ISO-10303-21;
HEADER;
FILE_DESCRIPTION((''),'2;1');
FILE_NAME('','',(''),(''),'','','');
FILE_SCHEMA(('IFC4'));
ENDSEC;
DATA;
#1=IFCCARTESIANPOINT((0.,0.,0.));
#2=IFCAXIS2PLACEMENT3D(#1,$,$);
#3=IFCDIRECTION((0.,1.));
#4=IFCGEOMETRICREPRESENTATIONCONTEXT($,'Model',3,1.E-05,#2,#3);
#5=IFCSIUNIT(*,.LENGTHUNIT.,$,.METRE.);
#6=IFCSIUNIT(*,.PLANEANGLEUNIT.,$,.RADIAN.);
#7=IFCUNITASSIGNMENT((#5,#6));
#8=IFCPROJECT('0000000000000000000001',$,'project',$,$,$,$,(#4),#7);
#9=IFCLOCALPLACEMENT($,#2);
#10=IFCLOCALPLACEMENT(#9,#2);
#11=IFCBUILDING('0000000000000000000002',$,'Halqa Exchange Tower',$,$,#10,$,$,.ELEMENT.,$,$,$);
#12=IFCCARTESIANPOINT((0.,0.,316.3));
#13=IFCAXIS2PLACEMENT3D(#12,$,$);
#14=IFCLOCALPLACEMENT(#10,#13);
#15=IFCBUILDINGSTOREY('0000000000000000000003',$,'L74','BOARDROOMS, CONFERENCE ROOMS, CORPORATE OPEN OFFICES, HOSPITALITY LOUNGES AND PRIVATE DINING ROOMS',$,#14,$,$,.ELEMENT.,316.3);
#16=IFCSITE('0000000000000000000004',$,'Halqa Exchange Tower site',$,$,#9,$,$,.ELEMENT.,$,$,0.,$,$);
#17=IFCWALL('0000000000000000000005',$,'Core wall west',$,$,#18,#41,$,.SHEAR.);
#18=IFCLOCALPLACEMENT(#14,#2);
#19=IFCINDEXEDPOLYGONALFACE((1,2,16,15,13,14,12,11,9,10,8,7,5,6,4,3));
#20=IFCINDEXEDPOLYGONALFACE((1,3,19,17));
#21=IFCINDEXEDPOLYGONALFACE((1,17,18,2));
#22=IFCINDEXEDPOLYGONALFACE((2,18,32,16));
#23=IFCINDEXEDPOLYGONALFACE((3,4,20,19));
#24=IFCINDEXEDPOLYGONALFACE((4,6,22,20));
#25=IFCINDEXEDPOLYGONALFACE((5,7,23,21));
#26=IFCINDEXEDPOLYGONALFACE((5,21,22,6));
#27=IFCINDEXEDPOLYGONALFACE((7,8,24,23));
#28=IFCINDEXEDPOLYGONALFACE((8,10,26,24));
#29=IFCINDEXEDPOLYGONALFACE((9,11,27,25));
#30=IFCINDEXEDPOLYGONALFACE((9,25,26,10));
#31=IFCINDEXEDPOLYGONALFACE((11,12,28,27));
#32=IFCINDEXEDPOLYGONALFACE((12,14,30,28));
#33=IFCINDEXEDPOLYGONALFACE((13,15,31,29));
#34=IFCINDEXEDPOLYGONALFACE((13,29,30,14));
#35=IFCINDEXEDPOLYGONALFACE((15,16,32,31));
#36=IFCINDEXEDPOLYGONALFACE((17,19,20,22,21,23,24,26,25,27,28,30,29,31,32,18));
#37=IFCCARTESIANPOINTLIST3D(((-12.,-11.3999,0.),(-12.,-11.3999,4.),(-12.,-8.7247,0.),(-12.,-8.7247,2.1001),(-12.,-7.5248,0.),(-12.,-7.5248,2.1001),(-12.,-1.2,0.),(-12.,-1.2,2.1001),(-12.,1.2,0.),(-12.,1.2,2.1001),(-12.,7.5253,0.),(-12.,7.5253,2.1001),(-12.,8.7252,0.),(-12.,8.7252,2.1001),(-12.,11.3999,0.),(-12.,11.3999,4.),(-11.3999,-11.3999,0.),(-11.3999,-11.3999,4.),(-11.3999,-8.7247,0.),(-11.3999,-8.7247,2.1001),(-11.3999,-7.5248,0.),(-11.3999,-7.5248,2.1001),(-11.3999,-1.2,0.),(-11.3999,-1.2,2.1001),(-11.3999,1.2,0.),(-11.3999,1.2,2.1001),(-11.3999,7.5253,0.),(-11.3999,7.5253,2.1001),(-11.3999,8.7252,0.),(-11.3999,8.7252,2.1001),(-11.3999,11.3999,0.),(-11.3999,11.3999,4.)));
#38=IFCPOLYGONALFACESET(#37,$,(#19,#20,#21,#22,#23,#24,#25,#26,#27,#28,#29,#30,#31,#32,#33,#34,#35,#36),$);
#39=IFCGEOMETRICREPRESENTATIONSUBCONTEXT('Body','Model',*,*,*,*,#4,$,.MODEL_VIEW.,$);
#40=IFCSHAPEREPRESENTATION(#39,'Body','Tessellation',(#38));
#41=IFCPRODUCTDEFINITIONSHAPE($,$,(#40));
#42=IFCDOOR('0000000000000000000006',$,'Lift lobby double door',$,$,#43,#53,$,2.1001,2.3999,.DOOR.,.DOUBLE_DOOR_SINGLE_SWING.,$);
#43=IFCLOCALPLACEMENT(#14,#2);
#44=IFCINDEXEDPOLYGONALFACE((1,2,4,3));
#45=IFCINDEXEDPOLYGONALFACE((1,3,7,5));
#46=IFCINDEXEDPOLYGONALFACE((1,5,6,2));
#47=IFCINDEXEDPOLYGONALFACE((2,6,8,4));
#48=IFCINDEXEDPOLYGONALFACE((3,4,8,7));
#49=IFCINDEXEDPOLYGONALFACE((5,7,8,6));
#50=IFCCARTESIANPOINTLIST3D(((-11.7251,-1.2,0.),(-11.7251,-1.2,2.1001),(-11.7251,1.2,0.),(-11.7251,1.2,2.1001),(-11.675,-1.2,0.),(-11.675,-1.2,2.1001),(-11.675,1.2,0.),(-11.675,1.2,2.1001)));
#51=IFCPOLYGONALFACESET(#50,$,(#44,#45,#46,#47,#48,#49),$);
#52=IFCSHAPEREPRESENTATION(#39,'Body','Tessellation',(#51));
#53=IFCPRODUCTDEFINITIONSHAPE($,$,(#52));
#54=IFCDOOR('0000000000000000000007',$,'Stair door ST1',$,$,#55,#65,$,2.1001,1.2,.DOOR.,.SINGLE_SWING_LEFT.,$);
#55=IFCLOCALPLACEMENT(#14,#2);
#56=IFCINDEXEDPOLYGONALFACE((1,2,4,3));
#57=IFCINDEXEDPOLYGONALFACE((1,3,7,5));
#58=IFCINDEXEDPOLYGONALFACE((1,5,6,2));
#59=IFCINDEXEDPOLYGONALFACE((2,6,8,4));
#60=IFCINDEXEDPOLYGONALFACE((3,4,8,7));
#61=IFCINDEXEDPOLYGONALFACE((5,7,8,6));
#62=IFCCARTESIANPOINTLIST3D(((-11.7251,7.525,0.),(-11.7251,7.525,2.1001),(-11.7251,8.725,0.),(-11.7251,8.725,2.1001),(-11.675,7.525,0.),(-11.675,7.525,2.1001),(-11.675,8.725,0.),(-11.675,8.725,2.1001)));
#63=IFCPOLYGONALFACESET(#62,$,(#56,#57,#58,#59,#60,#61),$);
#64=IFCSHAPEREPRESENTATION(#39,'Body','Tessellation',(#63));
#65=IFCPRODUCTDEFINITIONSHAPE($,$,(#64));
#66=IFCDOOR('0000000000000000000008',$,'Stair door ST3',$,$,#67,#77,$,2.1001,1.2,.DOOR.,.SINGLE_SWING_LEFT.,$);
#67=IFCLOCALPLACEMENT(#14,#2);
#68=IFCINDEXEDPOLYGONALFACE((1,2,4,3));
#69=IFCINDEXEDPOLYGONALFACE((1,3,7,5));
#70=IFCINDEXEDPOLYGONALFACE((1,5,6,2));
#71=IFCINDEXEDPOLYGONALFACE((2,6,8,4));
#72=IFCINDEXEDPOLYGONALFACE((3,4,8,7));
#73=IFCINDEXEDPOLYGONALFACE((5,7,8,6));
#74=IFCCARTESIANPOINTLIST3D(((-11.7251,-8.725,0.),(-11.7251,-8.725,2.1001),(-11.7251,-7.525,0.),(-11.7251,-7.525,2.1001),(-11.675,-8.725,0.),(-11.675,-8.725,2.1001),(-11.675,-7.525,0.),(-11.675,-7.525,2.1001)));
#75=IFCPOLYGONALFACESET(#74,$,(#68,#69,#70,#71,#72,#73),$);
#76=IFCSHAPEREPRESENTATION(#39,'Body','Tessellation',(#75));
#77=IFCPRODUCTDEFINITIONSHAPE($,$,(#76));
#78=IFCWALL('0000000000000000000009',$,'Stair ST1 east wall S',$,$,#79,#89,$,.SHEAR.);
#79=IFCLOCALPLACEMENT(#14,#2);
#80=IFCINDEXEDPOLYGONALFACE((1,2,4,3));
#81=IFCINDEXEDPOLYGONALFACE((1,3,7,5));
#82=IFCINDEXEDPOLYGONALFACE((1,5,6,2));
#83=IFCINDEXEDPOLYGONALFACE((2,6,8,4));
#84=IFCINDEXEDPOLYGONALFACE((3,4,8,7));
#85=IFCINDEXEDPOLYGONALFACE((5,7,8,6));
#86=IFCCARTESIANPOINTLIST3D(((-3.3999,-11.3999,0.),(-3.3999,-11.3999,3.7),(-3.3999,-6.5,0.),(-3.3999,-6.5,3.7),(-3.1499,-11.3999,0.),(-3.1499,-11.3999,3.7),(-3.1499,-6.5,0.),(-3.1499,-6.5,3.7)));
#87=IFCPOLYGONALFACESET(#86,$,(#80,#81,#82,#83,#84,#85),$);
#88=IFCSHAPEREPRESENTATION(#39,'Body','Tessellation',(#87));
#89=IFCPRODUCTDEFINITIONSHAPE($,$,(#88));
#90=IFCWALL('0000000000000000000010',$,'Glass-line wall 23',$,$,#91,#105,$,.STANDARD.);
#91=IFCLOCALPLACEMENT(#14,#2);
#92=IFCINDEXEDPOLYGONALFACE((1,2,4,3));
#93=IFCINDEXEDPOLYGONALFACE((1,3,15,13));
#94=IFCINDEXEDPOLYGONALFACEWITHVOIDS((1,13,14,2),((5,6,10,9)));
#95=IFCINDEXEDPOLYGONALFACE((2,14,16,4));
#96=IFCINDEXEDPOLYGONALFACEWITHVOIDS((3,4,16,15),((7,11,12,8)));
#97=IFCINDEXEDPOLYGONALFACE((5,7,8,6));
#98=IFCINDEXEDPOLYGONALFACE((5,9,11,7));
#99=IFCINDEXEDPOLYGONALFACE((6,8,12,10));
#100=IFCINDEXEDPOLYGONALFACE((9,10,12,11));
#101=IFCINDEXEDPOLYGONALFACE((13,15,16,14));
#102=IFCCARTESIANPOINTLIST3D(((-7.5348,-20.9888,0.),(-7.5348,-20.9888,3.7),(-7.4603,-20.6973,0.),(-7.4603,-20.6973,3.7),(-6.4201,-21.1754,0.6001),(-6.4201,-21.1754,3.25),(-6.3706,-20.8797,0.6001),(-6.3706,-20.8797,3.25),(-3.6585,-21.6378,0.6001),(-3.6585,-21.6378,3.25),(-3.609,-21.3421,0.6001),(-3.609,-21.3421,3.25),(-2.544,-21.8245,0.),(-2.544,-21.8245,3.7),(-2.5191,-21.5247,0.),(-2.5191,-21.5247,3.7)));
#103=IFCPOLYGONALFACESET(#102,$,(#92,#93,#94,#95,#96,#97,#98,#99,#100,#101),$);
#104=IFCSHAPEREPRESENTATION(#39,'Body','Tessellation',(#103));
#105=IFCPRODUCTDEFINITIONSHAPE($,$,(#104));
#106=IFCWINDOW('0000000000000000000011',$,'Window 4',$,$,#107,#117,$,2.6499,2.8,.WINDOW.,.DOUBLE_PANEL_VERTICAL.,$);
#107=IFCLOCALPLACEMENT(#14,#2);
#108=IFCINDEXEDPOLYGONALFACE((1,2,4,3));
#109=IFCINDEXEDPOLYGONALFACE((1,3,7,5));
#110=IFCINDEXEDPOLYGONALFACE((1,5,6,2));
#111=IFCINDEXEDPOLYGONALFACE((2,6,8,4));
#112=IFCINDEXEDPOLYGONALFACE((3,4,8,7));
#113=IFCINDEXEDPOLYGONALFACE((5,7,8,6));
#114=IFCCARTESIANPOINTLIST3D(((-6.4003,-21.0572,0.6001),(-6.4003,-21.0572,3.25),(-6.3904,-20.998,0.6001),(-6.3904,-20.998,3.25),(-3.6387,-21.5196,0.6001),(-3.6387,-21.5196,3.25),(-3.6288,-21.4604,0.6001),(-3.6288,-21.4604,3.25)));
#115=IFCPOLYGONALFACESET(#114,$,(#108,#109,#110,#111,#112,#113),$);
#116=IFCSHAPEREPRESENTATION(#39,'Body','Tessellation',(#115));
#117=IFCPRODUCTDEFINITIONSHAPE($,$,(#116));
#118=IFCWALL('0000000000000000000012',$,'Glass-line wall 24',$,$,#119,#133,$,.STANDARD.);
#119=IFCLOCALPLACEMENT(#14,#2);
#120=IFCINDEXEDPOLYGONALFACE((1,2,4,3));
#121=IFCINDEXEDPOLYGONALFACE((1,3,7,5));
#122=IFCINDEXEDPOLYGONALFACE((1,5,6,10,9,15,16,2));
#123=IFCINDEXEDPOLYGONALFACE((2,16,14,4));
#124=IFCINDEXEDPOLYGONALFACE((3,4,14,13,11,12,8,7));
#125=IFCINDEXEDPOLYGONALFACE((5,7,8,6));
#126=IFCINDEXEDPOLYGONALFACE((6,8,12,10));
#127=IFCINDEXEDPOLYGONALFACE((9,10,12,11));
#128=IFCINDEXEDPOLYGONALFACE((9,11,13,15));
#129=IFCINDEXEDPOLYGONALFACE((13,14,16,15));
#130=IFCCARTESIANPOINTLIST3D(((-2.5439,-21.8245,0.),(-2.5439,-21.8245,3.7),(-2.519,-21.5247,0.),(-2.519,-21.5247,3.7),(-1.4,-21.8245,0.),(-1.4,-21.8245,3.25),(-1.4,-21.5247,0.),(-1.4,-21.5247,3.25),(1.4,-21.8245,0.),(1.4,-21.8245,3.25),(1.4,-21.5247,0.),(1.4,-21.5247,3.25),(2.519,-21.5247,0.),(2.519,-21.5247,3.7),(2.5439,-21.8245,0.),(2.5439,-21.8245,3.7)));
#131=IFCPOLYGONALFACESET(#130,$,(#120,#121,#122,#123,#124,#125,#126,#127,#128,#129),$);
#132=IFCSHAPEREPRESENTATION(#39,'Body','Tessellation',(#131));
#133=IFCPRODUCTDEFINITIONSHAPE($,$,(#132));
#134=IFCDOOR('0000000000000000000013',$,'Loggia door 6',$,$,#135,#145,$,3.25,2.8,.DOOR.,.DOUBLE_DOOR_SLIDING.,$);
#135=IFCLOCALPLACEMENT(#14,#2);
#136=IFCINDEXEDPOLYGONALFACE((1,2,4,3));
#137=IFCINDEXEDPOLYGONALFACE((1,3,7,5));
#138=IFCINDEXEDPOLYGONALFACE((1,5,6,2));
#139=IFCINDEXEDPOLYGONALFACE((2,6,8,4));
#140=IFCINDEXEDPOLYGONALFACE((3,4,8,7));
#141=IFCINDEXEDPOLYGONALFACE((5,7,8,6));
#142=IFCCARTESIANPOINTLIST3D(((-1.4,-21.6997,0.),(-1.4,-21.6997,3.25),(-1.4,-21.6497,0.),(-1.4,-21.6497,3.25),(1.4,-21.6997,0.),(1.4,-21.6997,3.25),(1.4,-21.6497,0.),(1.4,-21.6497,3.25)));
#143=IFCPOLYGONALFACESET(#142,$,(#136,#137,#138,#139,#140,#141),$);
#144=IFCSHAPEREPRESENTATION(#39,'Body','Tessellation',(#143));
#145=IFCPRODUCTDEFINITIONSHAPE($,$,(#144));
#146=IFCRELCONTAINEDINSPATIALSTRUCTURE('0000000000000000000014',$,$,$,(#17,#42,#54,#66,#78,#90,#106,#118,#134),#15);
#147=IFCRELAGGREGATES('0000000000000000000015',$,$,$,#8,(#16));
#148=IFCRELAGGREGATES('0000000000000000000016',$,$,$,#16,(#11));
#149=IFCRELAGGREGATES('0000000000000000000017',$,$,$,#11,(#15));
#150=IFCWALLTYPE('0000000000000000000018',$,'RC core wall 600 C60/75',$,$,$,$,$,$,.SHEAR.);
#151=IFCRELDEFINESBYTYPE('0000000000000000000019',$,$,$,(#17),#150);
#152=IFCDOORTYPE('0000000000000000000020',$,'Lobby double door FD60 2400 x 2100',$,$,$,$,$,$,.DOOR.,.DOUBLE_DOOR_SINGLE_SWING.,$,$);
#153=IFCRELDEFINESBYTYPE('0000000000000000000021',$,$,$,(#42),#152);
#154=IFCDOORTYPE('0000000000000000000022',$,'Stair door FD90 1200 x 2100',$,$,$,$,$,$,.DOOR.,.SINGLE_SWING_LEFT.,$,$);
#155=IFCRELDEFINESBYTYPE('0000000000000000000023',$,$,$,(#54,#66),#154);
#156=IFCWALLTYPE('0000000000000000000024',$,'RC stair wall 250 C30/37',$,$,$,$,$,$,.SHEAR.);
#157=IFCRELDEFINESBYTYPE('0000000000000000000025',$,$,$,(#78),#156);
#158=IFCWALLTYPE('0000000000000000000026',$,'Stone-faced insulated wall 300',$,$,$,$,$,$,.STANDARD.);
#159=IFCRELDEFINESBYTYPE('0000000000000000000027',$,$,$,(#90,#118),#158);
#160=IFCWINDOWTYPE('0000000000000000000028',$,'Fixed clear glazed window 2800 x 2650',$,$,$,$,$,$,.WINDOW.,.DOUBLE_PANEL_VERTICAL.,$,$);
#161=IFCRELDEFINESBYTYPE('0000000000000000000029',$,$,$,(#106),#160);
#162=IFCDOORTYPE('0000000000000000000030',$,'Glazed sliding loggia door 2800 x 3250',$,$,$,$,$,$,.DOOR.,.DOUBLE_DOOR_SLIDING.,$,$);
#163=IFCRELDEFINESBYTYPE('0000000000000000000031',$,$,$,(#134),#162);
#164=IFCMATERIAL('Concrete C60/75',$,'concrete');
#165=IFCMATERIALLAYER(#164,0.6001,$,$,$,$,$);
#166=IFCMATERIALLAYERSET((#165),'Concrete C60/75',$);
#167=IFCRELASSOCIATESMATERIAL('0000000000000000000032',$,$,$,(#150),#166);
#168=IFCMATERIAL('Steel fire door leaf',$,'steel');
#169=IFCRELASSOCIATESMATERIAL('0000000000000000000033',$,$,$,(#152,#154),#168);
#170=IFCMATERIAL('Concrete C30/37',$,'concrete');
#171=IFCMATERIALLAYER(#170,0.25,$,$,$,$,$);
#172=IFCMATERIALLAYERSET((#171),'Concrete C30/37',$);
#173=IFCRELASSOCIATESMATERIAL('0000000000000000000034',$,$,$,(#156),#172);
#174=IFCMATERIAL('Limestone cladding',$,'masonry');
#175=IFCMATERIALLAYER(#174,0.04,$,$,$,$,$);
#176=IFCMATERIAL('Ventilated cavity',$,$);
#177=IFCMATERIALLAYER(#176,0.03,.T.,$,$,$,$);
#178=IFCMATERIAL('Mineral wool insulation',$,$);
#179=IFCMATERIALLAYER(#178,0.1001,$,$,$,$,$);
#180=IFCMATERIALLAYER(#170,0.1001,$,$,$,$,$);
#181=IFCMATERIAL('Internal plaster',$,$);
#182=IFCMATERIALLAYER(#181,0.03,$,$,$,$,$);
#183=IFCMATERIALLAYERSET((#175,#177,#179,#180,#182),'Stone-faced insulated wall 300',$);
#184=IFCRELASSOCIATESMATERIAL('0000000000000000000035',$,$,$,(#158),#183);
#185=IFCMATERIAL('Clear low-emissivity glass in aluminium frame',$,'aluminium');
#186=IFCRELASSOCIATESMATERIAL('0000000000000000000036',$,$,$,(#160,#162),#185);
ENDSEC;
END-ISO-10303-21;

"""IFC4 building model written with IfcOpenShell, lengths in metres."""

from ifc_helpers import new_model, si_unit, direction, frame, frame_2d, origin, place, context, subcontext, project, spatial, polyline, rectangle, outline, extrude, material, layer, layer_set, type_object, element, fill, save


model = new_model("IFC4")

# Units and contexts
model_context = context("Model", 3, precision=1e-05, world=origin(), true_north=direction((0.0, 1.0)))
body_context = subcontext(model_context, "Body", "Model", "MODEL_VIEW")
ifc_project = project(units=[si_unit("LENGTHUNIT", "METRE"), si_unit("PLANEANGLEUNIT", "RADIAN")], contexts=[model_context])

# Site, building, storey
site_placement = place(None, origin())
site = spatial("IfcSite", under=ifc_project, at=site_placement, Name="Halqa Exchange Tower site", CompositionType="ELEMENT", RefElevation=0.0)
building_placement = place(site_placement, origin())
building = spatial("IfcBuilding", under=site, at=building_placement, Name="Halqa Exchange Tower", CompositionType="ELEMENT")
storey_placement = place(building_placement, frame((0.0, 0.0, 316.3)))
storey = spatial("IfcBuildingStorey", under=building, at=storey_placement, Name="L74", Description="BOARDROOMS, CONFERENCE ROOMS, CORPORATE OPEN OFFICES, HOSPITALITY LOUNGES AND PRIVATE DINING ROOMS", CompositionType="ELEMENT", Elevation=316.3)

# Shared definitions
ifc_material_1 = material(Name="Concrete C60/75", Category="concrete")

# Wall, openings, doors
ifc_layer_1 = layer(ifc_material_1, 0.6001)
ifc_layer_set_1 = layer_set([ifc_layer_1], Name="Concrete C60/75")
wall_type_1 = type_object("IfcWallType", Name="RC core wall 600 C60/75", PredefinedType="SHEAR", material=ifc_layer_set_1)
wall_1_placement = place(storey_placement, frame((-11.7, -11.3999, 0.0), z_axis=(0.0, 0.0, 1.0), x_axis=(0.0, 1.0, 0.0)))
wall_1 = element("IfcWall", 1, at=wall_1_placement, inside=storey, type_object=wall_type_1, Name="Core wall west", PredefinedType="SHEAR", context=body_context, shape_type="SweptSolid", body=[
    extrude(rectangle(XDim=22.7998, YDim=0.6001, at=frame_2d((11.3999, 0.0))), origin(), (0.0, 0.0, 1.0), 4.0),
])
opening_1_placement = place(wall_1_placement, frame((10.2, 0.0, 0.0)))
opening_1 = element("IfcOpeningElement", 2, at=opening_1_placement, cuts=wall_1, PredefinedType="OPENING", context=body_context, shape_type="SweptSolid", body=[
    extrude(rectangle(XDim=2.3999, YDim=2.1001, at=frame_2d((1.2, 1.05))), frame((0.0, 0.312, 0.0), z_axis=(0.0, -1.0, 0.0), x_axis=(1.0, 0.0, 0.0)), (0.0, 0.0, 1.0), 0.624),
])
opening_2_placement = place(wall_1_placement, frame((18.925, 0.0, 0.0)))
opening_2 = element("IfcOpeningElement", 3, at=opening_2_placement, cuts=wall_1, PredefinedType="OPENING", context=body_context, shape_type="SweptSolid", body=[
    extrude(rectangle(XDim=1.2, YDim=2.1001, at=frame_2d((0.6001, 1.05))), frame((0.0, 0.312, 0.0), z_axis=(0.0, -1.0, 0.0), x_axis=(1.0, 0.0, 0.0)), (0.0, 0.0, 1.0), 0.624),
])
opening_3_placement = place(wall_1_placement, frame((2.675, 0.0, 0.0)))
opening_3 = element("IfcOpeningElement", 4, at=opening_3_placement, cuts=wall_1, PredefinedType="OPENING", context=body_context, shape_type="SweptSolid", body=[
    extrude(rectangle(XDim=1.2, YDim=2.1001, at=frame_2d((0.6001, 1.05))), frame((0.0, 0.312, 0.0), z_axis=(0.0, -1.0, 0.0), x_axis=(1.0, 0.0, 0.0)), (0.0, 0.0, 1.0), 0.624),
])
ifc_material_2 = material(Name="Steel fire door leaf", Category="steel")
door_type_1 = type_object("IfcDoorType", Name="Lobby double door FD60 2400 x 2100", OperationType="DOUBLE_DOOR_SINGLE_SWING", PredefinedType="DOOR", material=ifc_material_2)
door_1_placement = place(opening_1_placement, frame((2.3999, 0.0, 0.0), z_axis=(0.0, 0.0, 1.0), x_axis=(-1.0, 0.0, 0.0)))
door_1 = element("IfcDoor", 5, at=door_1_placement, inside=storey, type_object=door_type_1, Name="Lift lobby double door", OperationType="DOUBLE_DOOR_SINGLE_SWING", OverallHeight=2.1001, OverallWidth=2.3999, PredefinedType="DOOR", context=body_context, shape_type="SweptSolid", body=[
    extrude(rectangle(XDim=2.3999, YDim=2.1001, at=frame_2d((1.2, 1.05))), frame((0.0, 0.0249, 0.0), z_axis=(0.0, -1.0, 0.0), x_axis=(1.0, 0.0, 0.0)), (0.0, 0.0, 1.0), 0.05),
])
fill(opening_1, door_1)
door_type_2 = type_object("IfcDoorType", Name="Stair door FD90 1200 x 2100", OperationType="SINGLE_SWING_LEFT", PredefinedType="DOOR", material=ifc_material_2)
door_2_placement = place(opening_2_placement, frame((1.2, 0.0, 0.0), z_axis=(0.0, 0.0, 1.0), x_axis=(-1.0, 0.0, 0.0)))
door_2 = element("IfcDoor", 6, at=door_2_placement, inside=storey, type_object=door_type_2, Name="Stair door ST1", OperationType="SINGLE_SWING_LEFT", OverallHeight=2.1001, OverallWidth=1.2, PredefinedType="DOOR", context=body_context, shape_type="SweptSolid", body=[
    extrude(rectangle(XDim=1.2, YDim=2.1001, at=frame_2d((0.6001, 1.05))), frame((0.0, 0.0249, 0.0), z_axis=(0.0, -1.0, 0.0), x_axis=(1.0, 0.0, 0.0)), (0.0, 0.0, 1.0), 0.05),
])
fill(opening_2, door_2)
door_3_placement = place(opening_3_placement, frame((1.2, 0.0, 0.0), z_axis=(0.0, 0.0, 1.0), x_axis=(-1.0, 0.0, 0.0)))
door_3 = element("IfcDoor", 7, at=door_3_placement, inside=storey, type_object=door_type_2, Name="Stair door ST3", OperationType="SINGLE_SWING_LEFT", OverallHeight=2.1001, OverallWidth=1.2, PredefinedType="DOOR", context=body_context, shape_type="SweptSolid", body=[
    extrude(rectangle(XDim=1.2, YDim=2.1001, at=frame_2d((0.6001, 1.05))), frame((0.0, 0.0249, 0.0), z_axis=(0.0, -1.0, 0.0), x_axis=(1.0, 0.0, 0.0)), (0.0, 0.0, 1.0), 0.05),
])
fill(opening_3, door_3)

# Wall
ifc_material_3 = material(Name="Concrete C30/37", Category="concrete")
ifc_layer_2 = layer(ifc_material_3, 0.25)
ifc_layer_set_2 = layer_set([ifc_layer_2], Name="Concrete C30/37")
wall_type_2 = type_object("IfcWallType", Name="RC stair wall 250 C30/37", PredefinedType="SHEAR", material=ifc_layer_set_2)
wall_2_placement = place(storey_placement, frame((-3.2749, -11.3999, 0.0), z_axis=(0.0, 0.0, 1.0), x_axis=(0.0, 1.0, 0.0)))
element("IfcWall", 8, at=wall_2_placement, inside=storey, type_object=wall_type_2, Name="Stair ST1 east wall S", PredefinedType="SHEAR", context=body_context, shape_type="SweptSolid", body=[
    extrude(rectangle(XDim=4.8999, YDim=0.25, at=frame_2d((2.45, 0.0))), origin(), (0.0, 0.0, 1.0), 3.7),
])

# Wall, opening, window
ifc_material_4 = material(Name="Limestone cladding", Category="masonry")
ifc_layer_3 = layer(ifc_material_4, 0.04)
ifc_material_5 = material(Name="Ventilated cavity")
ifc_layer_4 = layer(ifc_material_5, 0.03, ventilated=True)
ifc_material_6 = material(Name="Mineral wool insulation")
ifc_layer_5 = layer(ifc_material_6, 0.1001)
ifc_layer_6 = layer(ifc_material_3, 0.1001)
ifc_material_7 = material(Name="Internal plaster")
ifc_layer_7 = layer(ifc_material_7, 0.03)
ifc_layer_set_3 = layer_set([ifc_layer_3, ifc_layer_4, ifc_layer_5, ifc_layer_6, ifc_layer_7], Name="Stone-faced insulated wall 300")
wall_type_3 = type_object("IfcWallType", Name="Stone-faced insulated wall 300", PredefinedType="STANDARD", material=ifc_layer_set_3)
wall_3_placement = place(storey_placement, frame((-7.4976, -20.843, 0.0), z_axis=(0.0, 0.0, 1.0), x_axis=(0.986269, -0.165146, 0.0)))
wall_3 = element("IfcWall", 9, at=wall_3_placement, inside=storey, type_object=wall_type_3, Name="Glass-line wall 23", PredefinedType="STANDARD", context=body_context, shape_type="SweptSolid", body=[
    extrude(outline(polyline([(-0.0127, -0.1499), (5.0476, -0.1499), (5.0227, 0.1499), (0.0127, 0.1499), (-0.0127, -0.1499)])), origin(), (0.0, 0.0, 1.0), 3.7),
])
opening_4_placement = place(wall_3_placement, frame((1.1177, 0.0, 0.6001)))
opening_4 = element("IfcOpeningElement", 10, at=opening_4_placement, cuts=wall_3, PredefinedType="OPENING", context=body_context, shape_type="SweptSolid", body=[
    extrude(rectangle(XDim=2.8, YDim=2.6499, at=frame_2d((1.3999, 1.325))), frame((0.0, 0.1621, 0.0), z_axis=(0.0, -1.0, 0.0), x_axis=(1.0, 0.0, 0.0)), (0.0, 0.0, 1.0), 0.324),
])
ifc_material_8 = material(Name="Clear low-emissivity glass in aluminium frame", Category="aluminium")
window_type = type_object("IfcWindowType", Name="Fixed clear glazed window 2800 x 2650", PartitioningType="DOUBLE_PANEL_VERTICAL", PredefinedType="WINDOW", material=ifc_material_8)
window_placement = place(opening_4_placement, origin())
window = element("IfcWindow", 11, at=window_placement, inside=storey, type_object=window_type, Name="Window 4", OverallHeight=2.6499, OverallWidth=2.8, PartitioningType="DOUBLE_PANEL_VERTICAL", PredefinedType="WINDOW", context=body_context, shape_type="SweptSolid", body=[
    extrude(rectangle(XDim=2.8, YDim=2.6499, at=frame_2d((1.3999, 1.325))), frame((0.0, 0.03, 0.0), z_axis=(0.0, -1.0, 0.0), x_axis=(1.0, 0.0, 0.0)), (0.0, 0.0, 1.0), 0.0601),
])
fill(opening_4, window)

# Wall, opening, door
wall_4_placement = place(storey_placement, frame((-2.5315, -21.6746, 0.0), z_axis=(0.0, 0.0, 1.0), x_axis=(1.0, 0.0, 0.0)))
wall_4 = element("IfcWall", 12, at=wall_4_placement, inside=storey, type_object=wall_type_3, Name="Glass-line wall 24", PredefinedType="STANDARD", context=body_context, shape_type="SweptSolid", body=[
    extrude(outline(polyline([(-0.0125, -0.1499), (5.0754, -0.1499), (5.0505, 0.1499), (0.0125, 0.1499), (-0.0125, -0.1499)])), origin(), (0.0, 0.0, 1.0), 3.7),
])
opening_5_placement = place(wall_4_placement, frame((1.1316, 0.0, 0.0)))
opening_5 = element("IfcOpeningElement", 13, at=opening_5_placement, cuts=wall_4, PredefinedType="OPENING", context=body_context, shape_type="SweptSolid", body=[
    extrude(rectangle(XDim=2.8, YDim=3.25, at=frame_2d((1.3999, 1.625))), frame((0.0, 0.1621, 0.0), z_axis=(0.0, -1.0, 0.0), x_axis=(1.0, 0.0, 0.0)), (0.0, 0.0, 1.0), 0.324),
])
door_type_3 = type_object("IfcDoorType", Name="Glazed sliding loggia door 2800 x 3250", OperationType="DOUBLE_DOOR_SLIDING", PredefinedType="DOOR", material=ifc_material_8)
door_4_placement = place(opening_5_placement, origin())
door_4 = element("IfcDoor", 14, at=door_4_placement, inside=storey, type_object=door_type_3, Name="Loggia door 6", OperationType="DOUBLE_DOOR_SLIDING", OverallHeight=3.25, OverallWidth=2.8, PredefinedType="DOOR", context=body_context, shape_type="SweptSolid", body=[
    extrude(rectangle(XDim=2.8, YDim=3.25, at=frame_2d((1.3999, 1.625))), frame((0.0, 0.0249, 0.0), z_axis=(0.0, -1.0, 0.0), x_axis=(1.0, 0.0, 0.0)), (0.0, 0.0, 1.0), 0.05),
])
fill(opening_5, door_4)

save(model, "model.ifc")
